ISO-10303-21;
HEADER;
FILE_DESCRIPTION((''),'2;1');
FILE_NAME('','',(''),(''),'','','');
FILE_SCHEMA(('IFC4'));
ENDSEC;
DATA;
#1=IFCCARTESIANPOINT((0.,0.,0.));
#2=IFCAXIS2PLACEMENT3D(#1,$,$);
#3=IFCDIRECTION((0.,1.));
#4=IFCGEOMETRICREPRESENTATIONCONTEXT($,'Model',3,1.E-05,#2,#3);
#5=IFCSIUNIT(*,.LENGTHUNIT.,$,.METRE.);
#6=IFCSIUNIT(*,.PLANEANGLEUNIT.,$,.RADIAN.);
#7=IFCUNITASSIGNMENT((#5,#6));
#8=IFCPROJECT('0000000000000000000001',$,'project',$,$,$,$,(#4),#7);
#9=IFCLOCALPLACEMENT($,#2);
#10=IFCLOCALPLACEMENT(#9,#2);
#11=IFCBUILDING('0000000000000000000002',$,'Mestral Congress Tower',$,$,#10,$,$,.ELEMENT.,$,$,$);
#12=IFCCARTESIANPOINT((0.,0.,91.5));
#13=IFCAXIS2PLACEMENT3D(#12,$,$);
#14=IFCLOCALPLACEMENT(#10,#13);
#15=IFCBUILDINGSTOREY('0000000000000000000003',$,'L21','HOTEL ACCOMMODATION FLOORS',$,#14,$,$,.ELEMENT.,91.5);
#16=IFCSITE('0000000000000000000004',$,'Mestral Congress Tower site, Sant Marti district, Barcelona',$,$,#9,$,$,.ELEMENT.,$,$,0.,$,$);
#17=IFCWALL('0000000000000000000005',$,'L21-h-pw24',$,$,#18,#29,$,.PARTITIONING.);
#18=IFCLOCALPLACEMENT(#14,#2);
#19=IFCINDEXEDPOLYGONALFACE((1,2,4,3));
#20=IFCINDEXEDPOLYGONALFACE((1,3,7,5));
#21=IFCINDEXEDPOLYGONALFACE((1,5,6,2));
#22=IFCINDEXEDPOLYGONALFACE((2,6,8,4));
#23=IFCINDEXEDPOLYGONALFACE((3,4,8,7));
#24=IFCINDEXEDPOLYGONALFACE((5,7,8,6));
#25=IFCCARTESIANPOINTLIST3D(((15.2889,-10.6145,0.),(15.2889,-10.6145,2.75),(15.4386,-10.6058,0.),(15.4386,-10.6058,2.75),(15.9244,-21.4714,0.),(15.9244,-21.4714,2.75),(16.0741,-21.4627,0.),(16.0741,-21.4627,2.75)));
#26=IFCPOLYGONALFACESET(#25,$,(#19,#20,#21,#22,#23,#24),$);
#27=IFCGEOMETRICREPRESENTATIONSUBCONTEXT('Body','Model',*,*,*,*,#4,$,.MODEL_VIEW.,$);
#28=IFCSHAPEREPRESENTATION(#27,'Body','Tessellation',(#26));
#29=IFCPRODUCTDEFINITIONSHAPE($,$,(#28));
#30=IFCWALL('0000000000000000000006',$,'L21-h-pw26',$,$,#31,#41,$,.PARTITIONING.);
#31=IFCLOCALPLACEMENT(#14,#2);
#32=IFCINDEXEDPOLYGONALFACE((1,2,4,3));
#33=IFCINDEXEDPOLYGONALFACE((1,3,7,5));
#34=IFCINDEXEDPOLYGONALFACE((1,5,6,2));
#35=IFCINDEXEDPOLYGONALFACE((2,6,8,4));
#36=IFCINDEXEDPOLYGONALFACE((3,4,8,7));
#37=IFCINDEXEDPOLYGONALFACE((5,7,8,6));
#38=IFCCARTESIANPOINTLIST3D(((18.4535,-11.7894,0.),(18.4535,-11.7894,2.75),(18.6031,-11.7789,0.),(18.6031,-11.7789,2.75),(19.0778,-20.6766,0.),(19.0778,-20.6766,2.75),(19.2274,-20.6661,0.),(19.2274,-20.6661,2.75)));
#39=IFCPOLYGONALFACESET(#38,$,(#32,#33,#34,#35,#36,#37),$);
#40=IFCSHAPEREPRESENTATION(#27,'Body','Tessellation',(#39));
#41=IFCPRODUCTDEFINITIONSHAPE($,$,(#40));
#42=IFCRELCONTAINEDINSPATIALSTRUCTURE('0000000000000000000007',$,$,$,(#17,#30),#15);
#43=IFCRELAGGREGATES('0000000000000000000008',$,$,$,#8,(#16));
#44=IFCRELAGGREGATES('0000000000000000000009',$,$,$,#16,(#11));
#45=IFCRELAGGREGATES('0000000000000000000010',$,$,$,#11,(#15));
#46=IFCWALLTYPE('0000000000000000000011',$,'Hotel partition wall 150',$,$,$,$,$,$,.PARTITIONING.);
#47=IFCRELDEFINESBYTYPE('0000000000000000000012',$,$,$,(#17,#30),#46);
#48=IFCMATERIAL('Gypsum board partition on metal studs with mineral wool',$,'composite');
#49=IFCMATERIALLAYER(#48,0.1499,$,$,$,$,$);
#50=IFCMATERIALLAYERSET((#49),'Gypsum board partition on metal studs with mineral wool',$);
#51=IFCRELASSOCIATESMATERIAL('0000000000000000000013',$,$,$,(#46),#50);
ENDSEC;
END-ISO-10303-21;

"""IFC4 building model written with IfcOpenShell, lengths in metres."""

from ifc_helpers import new_model, si_unit, direction, frame, frame_2d, origin, place, context, subcontext, project, spatial, rectangle, extrude, material, layer, layer_set, type_object, element, save


model = new_model("IFC4")

# Units and contexts
model_context = context("Model", 3, precision=1e-05, world=origin(), true_north=direction((0.0, 1.0)))
body_context = subcontext(model_context, "Body", "Model", "MODEL_VIEW")
ifc_project = project(units=[si_unit("LENGTHUNIT", "METRE"), si_unit("PLANEANGLEUNIT", "RADIAN")], contexts=[model_context])

# Site, building, storey
site_placement = place(None, origin())
site = spatial("IfcSite", under=ifc_project, at=site_placement, Name="Mestral Congress Tower site, Sant Marti district, Barcelona", CompositionType="ELEMENT", RefElevation=0.0)
building_placement = place(site_placement, origin())
building = spatial("IfcBuilding", under=site, at=building_placement, Name="Mestral Congress Tower", CompositionType="ELEMENT")
storey_placement = place(building_placement, frame((0.0, 0.0, 91.5)))
storey = spatial("IfcBuildingStorey", under=building, at=storey_placement, Name="L21", Description="HOTEL ACCOMMODATION FLOORS", CompositionType="ELEMENT", Elevation=91.5)

# Shared definitions
ifc_material_1 = material(Name="Gypsum board partition on metal studs with mineral wool", Category="composite")

# Shared definitions
ifc_layer_1 = layer(ifc_material_1, 0.1499)
ifc_layer_set_1 = layer_set([ifc_layer_1], Name="Gypsum board partition on metal studs with mineral wool")
wall_type_1 = type_object("IfcWallType", Name="Hotel partition wall 150", PredefinedType="PARTITIONING", material=ifc_layer_set_1)

# Walls
wall_1_placement = place(storey_placement, frame((15.9993, -21.467, 0.0), z_axis=(0.0, 0.0, 1.0), x_axis=(-0.058434, 0.998291, 0.0)))
element("IfcWall", 1, at=wall_1_placement, inside=storey, type_object=wall_type_1, Name="L21-h-pw24", PredefinedType="PARTITIONING", context=body_context, shape_type="SweptSolid", body=[
    extrude(rectangle(XDim=10.8755, YDim=0.1499, at=frame_2d((5.4377, 0.0))), origin(), (0.0, 0.0, 1.0), 2.75),
])
wall_2_placement = place(storey_placement, frame((19.1526, -20.6714, 0.0), z_axis=(0.0, 0.0, 1.0), x_axis=(-0.070071, 0.997542, 0.0)))
element("IfcWall", 2, at=wall_2_placement, inside=storey, type_object=wall_type_1, Name="L21-h-pw26", PredefinedType="PARTITIONING", context=body_context, shape_type="SweptSolid", body=[
    extrude(rectangle(XDim=8.9092, YDim=0.1499, at=frame_2d((4.4546, 0.0))), origin(), (0.0, 0.0, 1.0), 2.75),
])

save(model, "model.ifc")
